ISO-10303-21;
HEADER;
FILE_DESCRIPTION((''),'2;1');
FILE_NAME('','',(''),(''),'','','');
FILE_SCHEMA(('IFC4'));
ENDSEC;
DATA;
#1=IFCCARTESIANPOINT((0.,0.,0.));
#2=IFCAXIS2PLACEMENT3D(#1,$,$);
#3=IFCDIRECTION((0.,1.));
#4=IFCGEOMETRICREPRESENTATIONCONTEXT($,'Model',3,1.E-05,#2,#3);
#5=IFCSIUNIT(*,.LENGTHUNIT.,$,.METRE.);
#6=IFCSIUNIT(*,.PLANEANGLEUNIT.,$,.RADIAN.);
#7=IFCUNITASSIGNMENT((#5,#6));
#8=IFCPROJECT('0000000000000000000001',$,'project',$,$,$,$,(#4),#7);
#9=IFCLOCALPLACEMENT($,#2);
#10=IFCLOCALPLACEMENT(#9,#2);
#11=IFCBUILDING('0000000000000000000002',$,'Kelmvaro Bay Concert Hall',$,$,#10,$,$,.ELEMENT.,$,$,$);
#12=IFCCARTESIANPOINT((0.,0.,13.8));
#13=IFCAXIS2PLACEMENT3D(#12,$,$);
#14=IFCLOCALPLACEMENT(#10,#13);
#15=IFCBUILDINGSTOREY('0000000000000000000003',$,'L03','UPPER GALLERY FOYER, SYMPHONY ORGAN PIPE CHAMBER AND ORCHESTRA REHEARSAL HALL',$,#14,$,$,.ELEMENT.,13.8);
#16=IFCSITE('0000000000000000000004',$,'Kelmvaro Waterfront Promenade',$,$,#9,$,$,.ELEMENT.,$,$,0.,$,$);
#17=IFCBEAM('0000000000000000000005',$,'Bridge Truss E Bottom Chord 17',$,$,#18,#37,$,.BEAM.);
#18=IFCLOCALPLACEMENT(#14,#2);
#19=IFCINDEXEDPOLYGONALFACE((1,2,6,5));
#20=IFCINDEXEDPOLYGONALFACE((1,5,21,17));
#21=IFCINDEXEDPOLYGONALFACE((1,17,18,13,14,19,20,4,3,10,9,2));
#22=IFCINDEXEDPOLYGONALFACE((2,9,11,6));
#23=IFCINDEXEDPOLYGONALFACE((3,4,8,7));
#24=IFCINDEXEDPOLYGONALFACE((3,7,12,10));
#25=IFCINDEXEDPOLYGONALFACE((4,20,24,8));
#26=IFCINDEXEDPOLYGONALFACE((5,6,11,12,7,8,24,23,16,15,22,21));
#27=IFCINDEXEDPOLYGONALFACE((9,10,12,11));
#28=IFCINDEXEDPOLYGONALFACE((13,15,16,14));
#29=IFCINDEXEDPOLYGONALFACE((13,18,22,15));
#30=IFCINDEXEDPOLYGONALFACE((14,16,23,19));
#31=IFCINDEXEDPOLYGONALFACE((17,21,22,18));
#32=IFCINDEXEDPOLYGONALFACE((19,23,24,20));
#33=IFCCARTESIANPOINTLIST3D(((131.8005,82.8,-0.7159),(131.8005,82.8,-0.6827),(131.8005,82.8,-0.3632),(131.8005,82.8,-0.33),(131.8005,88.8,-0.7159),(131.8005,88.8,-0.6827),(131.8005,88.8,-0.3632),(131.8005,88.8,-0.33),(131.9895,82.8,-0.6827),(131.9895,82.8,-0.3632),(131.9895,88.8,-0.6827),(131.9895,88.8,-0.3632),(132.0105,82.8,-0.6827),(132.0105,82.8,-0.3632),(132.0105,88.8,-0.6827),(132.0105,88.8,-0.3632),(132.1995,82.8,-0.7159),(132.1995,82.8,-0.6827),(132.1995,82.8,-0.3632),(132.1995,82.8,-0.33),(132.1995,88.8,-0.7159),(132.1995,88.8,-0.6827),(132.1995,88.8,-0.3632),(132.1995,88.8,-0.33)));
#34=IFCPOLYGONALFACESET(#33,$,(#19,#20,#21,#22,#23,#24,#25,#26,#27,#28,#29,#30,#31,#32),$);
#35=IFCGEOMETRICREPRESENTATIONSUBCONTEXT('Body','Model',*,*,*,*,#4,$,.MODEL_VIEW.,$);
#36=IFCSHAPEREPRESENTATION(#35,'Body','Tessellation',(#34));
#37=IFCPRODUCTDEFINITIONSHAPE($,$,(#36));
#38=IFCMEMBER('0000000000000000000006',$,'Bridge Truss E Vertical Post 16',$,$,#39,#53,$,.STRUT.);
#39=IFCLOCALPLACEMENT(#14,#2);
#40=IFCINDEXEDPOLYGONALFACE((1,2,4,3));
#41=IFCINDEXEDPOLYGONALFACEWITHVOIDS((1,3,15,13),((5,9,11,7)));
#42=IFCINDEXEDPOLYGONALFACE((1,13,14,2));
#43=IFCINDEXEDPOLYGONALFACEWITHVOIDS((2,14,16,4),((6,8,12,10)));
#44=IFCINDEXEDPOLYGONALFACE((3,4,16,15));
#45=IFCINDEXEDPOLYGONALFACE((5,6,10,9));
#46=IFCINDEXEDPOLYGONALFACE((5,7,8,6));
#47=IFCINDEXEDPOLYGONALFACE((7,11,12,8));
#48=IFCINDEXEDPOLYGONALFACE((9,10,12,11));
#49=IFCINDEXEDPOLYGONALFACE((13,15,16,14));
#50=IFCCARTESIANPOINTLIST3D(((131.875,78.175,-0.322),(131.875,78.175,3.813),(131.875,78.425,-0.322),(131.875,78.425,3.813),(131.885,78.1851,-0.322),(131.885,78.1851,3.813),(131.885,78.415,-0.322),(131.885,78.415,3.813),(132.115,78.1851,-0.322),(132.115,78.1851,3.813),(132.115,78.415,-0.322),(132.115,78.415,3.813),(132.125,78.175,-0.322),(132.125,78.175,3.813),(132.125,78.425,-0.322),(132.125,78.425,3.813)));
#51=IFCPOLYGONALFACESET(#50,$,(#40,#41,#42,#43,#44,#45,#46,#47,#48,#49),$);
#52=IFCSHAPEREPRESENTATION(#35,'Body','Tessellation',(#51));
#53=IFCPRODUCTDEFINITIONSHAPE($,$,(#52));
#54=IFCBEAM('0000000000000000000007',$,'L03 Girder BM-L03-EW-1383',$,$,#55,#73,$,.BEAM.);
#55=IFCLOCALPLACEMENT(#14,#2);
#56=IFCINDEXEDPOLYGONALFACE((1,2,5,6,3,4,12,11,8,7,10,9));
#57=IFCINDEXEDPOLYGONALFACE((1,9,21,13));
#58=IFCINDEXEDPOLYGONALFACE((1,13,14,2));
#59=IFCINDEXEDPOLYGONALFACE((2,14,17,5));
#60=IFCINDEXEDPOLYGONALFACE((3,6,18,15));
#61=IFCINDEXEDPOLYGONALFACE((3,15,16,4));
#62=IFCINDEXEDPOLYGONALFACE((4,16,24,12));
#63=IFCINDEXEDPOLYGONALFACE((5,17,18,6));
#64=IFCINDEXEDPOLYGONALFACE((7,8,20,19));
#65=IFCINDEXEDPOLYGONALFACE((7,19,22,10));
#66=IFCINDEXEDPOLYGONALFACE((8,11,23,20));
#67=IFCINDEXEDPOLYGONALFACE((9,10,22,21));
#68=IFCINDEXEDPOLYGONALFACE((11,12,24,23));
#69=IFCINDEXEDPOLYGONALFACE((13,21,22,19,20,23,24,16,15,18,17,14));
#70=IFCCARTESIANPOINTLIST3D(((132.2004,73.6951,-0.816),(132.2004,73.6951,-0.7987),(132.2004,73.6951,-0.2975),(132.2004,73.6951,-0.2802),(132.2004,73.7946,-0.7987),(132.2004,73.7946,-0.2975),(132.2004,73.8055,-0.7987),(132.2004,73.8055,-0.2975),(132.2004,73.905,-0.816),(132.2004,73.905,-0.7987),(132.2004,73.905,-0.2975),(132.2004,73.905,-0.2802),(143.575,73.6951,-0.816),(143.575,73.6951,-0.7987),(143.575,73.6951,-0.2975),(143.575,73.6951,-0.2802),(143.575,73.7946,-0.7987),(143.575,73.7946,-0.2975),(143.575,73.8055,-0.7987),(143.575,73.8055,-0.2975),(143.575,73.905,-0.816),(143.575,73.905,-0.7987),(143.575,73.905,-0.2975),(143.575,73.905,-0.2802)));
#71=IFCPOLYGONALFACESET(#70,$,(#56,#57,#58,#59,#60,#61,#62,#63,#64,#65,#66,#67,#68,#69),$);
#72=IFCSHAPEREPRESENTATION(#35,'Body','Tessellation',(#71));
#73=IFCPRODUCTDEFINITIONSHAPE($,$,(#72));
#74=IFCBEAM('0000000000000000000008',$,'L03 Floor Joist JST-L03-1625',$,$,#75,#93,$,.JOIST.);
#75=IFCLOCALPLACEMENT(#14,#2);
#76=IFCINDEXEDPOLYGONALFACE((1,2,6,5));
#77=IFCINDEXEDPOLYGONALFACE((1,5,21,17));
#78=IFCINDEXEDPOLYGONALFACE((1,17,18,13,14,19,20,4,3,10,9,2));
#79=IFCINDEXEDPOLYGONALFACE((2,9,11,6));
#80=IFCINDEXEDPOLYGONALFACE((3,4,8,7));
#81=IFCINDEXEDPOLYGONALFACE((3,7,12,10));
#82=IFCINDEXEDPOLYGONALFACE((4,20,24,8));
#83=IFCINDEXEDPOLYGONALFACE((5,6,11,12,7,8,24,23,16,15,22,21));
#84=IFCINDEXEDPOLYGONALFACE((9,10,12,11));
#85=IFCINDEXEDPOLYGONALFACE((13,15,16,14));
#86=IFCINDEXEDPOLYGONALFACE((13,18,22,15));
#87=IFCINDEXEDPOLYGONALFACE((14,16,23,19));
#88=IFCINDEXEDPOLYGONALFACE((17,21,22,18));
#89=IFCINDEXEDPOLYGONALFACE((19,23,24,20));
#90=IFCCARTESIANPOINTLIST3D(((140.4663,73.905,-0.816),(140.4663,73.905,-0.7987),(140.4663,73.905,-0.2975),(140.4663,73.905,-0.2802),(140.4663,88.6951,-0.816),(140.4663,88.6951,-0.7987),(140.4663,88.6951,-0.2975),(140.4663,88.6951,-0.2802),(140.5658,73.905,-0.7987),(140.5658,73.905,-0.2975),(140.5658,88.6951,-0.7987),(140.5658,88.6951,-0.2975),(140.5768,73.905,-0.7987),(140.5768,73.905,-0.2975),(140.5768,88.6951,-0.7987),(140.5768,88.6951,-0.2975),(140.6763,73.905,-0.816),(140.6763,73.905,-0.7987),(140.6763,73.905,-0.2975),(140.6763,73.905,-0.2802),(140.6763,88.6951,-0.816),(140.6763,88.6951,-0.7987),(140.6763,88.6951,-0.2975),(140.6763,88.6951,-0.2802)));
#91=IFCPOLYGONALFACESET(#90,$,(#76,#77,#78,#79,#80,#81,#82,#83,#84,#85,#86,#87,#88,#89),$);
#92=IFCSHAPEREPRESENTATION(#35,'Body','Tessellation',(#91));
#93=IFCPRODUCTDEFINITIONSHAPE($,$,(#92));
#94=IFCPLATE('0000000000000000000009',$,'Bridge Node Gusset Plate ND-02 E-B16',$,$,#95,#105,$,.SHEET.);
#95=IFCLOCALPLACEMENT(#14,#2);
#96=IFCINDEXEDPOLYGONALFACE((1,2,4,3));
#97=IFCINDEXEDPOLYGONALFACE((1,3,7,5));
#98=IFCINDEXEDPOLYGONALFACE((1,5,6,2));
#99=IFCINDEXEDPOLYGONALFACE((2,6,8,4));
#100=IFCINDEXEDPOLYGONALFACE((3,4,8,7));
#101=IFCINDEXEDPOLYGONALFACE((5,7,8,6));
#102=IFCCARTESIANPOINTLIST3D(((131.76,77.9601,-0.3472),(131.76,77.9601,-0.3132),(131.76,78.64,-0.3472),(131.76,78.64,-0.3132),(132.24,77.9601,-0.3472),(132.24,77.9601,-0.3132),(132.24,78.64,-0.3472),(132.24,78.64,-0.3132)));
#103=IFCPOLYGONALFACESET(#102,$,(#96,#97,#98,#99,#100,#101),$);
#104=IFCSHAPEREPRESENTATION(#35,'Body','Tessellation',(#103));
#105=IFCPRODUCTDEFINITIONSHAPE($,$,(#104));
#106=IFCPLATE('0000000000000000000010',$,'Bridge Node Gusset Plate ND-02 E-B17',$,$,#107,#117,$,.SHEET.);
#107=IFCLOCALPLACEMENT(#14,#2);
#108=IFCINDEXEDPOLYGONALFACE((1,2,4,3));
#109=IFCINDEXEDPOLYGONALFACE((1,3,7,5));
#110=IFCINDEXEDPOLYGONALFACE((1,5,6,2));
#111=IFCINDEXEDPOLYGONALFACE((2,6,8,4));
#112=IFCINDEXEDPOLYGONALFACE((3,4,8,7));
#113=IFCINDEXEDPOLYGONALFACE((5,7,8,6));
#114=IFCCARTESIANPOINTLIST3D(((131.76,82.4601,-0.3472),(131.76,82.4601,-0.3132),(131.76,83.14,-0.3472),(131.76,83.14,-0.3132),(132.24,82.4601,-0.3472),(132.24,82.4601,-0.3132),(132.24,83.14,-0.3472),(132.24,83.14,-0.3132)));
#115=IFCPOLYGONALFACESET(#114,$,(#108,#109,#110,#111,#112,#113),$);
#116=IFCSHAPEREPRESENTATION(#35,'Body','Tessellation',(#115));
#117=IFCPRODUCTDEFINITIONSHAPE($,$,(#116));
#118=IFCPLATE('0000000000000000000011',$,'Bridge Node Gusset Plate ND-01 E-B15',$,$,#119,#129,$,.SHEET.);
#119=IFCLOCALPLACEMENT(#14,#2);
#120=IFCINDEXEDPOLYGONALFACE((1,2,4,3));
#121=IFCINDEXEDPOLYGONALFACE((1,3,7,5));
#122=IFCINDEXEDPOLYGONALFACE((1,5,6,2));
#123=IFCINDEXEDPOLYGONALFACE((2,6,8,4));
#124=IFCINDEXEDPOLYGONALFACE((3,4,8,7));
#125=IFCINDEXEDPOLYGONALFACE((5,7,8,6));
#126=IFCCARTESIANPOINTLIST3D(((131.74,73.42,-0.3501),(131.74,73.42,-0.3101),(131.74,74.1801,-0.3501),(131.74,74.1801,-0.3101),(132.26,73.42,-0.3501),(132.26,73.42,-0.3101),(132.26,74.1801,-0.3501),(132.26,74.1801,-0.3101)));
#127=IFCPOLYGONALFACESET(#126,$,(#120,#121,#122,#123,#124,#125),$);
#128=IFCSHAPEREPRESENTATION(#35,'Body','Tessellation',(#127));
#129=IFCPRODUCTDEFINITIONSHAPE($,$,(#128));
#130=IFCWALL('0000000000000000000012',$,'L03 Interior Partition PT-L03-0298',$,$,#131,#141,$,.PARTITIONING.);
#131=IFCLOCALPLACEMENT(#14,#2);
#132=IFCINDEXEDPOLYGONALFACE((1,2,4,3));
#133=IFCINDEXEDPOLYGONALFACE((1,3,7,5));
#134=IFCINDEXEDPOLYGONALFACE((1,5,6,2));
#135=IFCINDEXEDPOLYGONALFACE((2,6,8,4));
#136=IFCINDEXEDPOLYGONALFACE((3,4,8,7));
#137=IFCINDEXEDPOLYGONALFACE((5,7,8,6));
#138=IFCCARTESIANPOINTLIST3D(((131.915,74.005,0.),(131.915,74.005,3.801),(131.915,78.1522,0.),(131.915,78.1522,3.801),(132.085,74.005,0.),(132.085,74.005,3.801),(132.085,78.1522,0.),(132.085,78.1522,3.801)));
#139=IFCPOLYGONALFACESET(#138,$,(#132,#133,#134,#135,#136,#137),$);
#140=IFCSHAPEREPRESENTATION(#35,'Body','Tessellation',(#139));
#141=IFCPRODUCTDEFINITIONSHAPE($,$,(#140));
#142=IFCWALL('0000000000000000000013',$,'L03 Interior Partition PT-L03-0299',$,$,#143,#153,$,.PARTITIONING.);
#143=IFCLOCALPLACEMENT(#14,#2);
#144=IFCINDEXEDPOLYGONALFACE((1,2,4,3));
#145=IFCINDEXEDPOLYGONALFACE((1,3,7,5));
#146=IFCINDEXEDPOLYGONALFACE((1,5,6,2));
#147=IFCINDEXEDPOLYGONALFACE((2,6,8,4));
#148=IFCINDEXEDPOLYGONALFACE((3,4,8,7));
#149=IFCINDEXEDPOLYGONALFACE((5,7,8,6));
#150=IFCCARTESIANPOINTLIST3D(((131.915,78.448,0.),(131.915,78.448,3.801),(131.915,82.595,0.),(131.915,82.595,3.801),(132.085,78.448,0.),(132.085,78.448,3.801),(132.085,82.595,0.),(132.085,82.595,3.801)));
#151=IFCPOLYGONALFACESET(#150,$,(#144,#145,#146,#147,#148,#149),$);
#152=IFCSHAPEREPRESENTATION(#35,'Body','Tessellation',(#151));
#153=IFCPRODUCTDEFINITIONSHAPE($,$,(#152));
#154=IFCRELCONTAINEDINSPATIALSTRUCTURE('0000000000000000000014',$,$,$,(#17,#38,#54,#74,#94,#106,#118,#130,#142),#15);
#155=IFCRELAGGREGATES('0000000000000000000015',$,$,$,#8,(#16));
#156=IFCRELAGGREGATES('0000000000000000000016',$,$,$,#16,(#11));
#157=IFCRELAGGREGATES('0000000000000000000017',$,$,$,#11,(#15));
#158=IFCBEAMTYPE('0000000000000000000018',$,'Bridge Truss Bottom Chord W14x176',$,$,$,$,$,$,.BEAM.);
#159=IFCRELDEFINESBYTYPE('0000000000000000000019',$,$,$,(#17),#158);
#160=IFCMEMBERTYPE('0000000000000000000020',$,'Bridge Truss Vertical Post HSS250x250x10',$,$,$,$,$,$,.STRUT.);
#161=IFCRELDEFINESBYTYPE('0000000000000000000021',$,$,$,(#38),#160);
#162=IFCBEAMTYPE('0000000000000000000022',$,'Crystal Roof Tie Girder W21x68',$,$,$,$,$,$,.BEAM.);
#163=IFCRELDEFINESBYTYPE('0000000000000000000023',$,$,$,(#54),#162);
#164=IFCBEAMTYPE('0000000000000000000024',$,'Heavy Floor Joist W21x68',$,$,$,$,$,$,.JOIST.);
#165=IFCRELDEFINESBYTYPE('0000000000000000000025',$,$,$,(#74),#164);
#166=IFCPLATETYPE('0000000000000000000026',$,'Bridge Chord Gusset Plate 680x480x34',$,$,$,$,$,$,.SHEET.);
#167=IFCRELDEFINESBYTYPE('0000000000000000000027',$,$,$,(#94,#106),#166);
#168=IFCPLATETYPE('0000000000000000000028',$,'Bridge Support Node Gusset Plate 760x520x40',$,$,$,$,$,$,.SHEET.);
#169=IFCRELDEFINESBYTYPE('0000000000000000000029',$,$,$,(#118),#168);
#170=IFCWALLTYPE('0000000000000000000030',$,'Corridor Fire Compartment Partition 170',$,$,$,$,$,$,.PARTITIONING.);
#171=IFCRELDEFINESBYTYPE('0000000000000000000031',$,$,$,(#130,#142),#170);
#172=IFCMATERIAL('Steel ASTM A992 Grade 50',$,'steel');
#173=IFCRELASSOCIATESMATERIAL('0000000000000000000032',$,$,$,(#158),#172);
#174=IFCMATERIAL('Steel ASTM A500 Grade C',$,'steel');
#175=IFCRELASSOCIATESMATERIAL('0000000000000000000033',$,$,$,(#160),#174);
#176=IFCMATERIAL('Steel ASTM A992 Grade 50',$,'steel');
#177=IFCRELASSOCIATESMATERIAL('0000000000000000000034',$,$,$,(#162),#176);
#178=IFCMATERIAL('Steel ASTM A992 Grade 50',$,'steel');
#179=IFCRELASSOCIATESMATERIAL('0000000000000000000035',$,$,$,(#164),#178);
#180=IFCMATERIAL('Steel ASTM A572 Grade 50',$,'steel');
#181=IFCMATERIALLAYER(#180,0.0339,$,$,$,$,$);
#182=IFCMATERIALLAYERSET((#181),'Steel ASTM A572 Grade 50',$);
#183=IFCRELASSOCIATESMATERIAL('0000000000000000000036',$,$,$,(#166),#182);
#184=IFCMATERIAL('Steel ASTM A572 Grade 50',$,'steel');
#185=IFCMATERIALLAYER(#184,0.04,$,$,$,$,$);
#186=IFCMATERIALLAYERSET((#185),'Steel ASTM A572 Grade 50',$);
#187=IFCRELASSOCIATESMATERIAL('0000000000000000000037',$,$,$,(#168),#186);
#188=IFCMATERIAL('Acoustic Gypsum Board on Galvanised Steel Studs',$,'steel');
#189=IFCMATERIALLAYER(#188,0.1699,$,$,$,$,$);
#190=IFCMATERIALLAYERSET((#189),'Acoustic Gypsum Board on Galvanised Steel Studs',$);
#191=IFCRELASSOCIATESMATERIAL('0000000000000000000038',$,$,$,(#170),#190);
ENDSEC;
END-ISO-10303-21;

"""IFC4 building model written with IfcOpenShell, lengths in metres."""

from ifc_helpers import new_model, si_unit, direction, frame, frame_2d, origin, origin_2d, place, context, subcontext, project, spatial, rectangle, hollow_rectangle, i_section, extrude, material, layer, layer_set, material_profile, profile_set, type_object, element, save


model = new_model("IFC4")

# Units and contexts
model_context = context("Model", 3, precision=1e-05, world=origin(), true_north=direction((0.0, 1.0)))
body_context = subcontext(model_context, "Body", "Model", "MODEL_VIEW")
ifc_project = project(units=[si_unit("LENGTHUNIT", "METRE"), si_unit("PLANEANGLEUNIT", "RADIAN")], contexts=[model_context])

# Site, building, storey
site_placement = place(None, origin())
site = spatial("IfcSite", under=ifc_project, at=site_placement, Name="Kelmvaro Waterfront Promenade", CompositionType="ELEMENT", RefElevation=0.0)
building_placement = place(site_placement, origin())
building = spatial("IfcBuilding", under=site, at=building_placement, Name="Kelmvaro Bay Concert Hall", CompositionType="ELEMENT")
storey_placement = place(building_placement, frame((0.0, 0.0, 13.8)))
storey = spatial("IfcBuildingStorey", under=building, at=storey_placement, Name="L03", Description="UPPER GALLERY FOYER, SYMPHONY ORGAN PIPE CHAMBER AND ORCHESTRA REHEARSAL HALL", CompositionType="ELEMENT", Elevation=13.8)

# Beam
ifc_material_1 = material(Name="Steel ASTM A992 Grade 50", Category="steel")
ifc_material_profile_1 = material_profile(ifc_material_1, i_section(OverallWidth=0.3989, OverallDepth=0.386, WebThickness=0.021, FlangeThickness=0.0332, at=origin_2d()), Name="W14X176")
ifc_profile_set_1 = profile_set([ifc_material_profile_1], Name="Steel ASTM A992 Grade 50")
beam_type_1 = type_object("IfcBeamType", Name="Bridge Truss Bottom Chord W14x176", PredefinedType="BEAM", material=ifc_profile_set_1)
beam_1_placement = place(storey_placement, frame((132.0, 82.8, -0.5229), z_axis=(0.0, 1.0, 0.0), x_axis=(-1.0, 0.0, 0.0)))
element("IfcBeam", 1, at=beam_1_placement, inside=storey, type_object=beam_type_1, Name="Bridge Truss E Bottom Chord 17", PredefinedType="BEAM", context=body_context, shape_type="SweptSolid", body=[
    extrude(i_section(OverallWidth=0.3989, OverallDepth=0.386, WebThickness=0.021, FlangeThickness=0.0332, at=origin_2d()), origin(), (0.0, 0.0, 1.0), 6.0),
])

# Member
ifc_material_2 = material(Name="Steel ASTM A500 Grade C", Category="steel")
ifc_material_profile_2 = material_profile(ifc_material_2, hollow_rectangle(XDim=0.25, YDim=0.25, WallThickness=0.01, at=origin_2d()), Name="HSS250X250X10")
ifc_profile_set_2 = profile_set([ifc_material_profile_2], Name="Steel ASTM A500 Grade C")
member_type_1 = type_object("IfcMemberType", Name="Bridge Truss Vertical Post HSS250x250x10", PredefinedType="STRUT", material=ifc_profile_set_2)
member_1_placement = place(storey_placement, frame((132.0, 78.3, -0.322), z_axis=(0.0, 0.0, 1.0), x_axis=(1.0, 0.0, 0.0)))
element("IfcMember", 2, at=member_1_placement, inside=storey, type_object=member_type_1, Name="Bridge Truss E Vertical Post 16", PredefinedType="STRUT", context=body_context, shape_type="SweptSolid", body=[
    extrude(hollow_rectangle(XDim=0.25, YDim=0.25, WallThickness=0.01, at=origin_2d()), origin(), (0.0, 0.0, 1.0), 4.135),
])

# Beams
ifc_material_3 = material(Name="Steel ASTM A992 Grade 50", Category="steel")
ifc_material_profile_3 = material_profile(ifc_material_3, i_section(OverallWidth=0.21, OverallDepth=0.5359, WebThickness=0.011, FlangeThickness=0.0173, at=origin_2d()), Name="W21X68")
ifc_profile_set_3 = profile_set([ifc_material_profile_3], Name="Steel ASTM A992 Grade 50")
beam_type_2 = type_object("IfcBeamType", Name="Crystal Roof Tie Girder W21x68", PredefinedType="BEAM", material=ifc_profile_set_3)
beam_2_placement = place(storey_placement, frame((132.2004, 73.8, -0.5481), z_axis=(1.0, 0.0, 0.0), x_axis=(0.0, 1.0, 0.0)))
element("IfcBeam", 3, at=beam_2_placement, inside=storey, type_object=beam_type_2, Name="L03 Girder BM-L03-EW-1383", PredefinedType="BEAM", context=body_context, shape_type="SweptSolid", body=[
    extrude(i_section(OverallWidth=0.21, OverallDepth=0.5359, WebThickness=0.011, FlangeThickness=0.0173, at=origin_2d()), origin(), (0.0, 0.0, 1.0), 11.3745),
])
ifc_material_4 = material(Name="Steel ASTM A992 Grade 50", Category="steel")
ifc_material_profile_4 = material_profile(ifc_material_4, i_section(OverallWidth=0.21, OverallDepth=0.5359, WebThickness=0.011, FlangeThickness=0.0173, at=origin_2d()), Name="W21X68")
ifc_profile_set_4 = profile_set([ifc_material_profile_4], Name="Steel ASTM A992 Grade 50")
beam_type_3 = type_object("IfcBeamType", Name="Heavy Floor Joist W21x68", PredefinedType="JOIST", material=ifc_profile_set_4)
beam_3_placement = place(storey_placement, frame((140.5713, 73.905, -0.5481), z_axis=(0.0, 1.0, 0.0), x_axis=(-1.0, 0.0, 0.0)))
element("IfcBeam", 4, at=beam_3_placement, inside=storey, type_object=beam_type_3, Name="L03 Floor Joist JST-L03-1625", PredefinedType="JOIST", context=body_context, shape_type="SweptSolid", body=[
    extrude(i_section(OverallWidth=0.21, OverallDepth=0.5359, WebThickness=0.011, FlangeThickness=0.0173, at=origin_2d()), origin(), (0.0, 0.0, 1.0), 14.79),
])

# Plates
ifc_material_5 = material(Name="Steel ASTM A572 Grade 50", Category="steel")
ifc_layer_1 = layer(ifc_material_5, 0.0339)
ifc_layer_set_1 = layer_set([ifc_layer_1], Name="Steel ASTM A572 Grade 50")
plate_type_1 = type_object("IfcPlateType", Name="Bridge Chord Gusset Plate 680x480x34", PredefinedType="SHEET", material=ifc_layer_set_1)
for number, where, z_axis, x_axis, name in (
    (5, (132.0, 78.3, -0.3472), (0.0, 0.0, 1.0), (0.0, 1.0, 0.0), "Bridge Node Gusset Plate ND-02 E-B16"),
    (6, (132.0, 82.8, -0.3472), (0.0, 0.0, 1.0), (0.0, 1.0, 0.0), "Bridge Node Gusset Plate ND-02 E-B17"),
):
    element("IfcPlate", number, at=place(storey_placement, frame(where, z_axis=z_axis, x_axis=x_axis)), inside=storey, type_object=plate_type_1, Name=name, PredefinedType="SHEET", context=body_context, shape_type="SweptSolid", body=[
        extrude(rectangle(XDim=0.6799, YDim=0.48, at=origin_2d()), origin(), (0.0, 0.0, 1.0), 0.0339),
    ])
ifc_material_6 = material(Name="Steel ASTM A572 Grade 50", Category="steel")
ifc_layer_2 = layer(ifc_material_6, 0.04)
ifc_layer_set_2 = layer_set([ifc_layer_2], Name="Steel ASTM A572 Grade 50")
plate_type_2 = type_object("IfcPlateType", Name="Bridge Support Node Gusset Plate 760x520x40", PredefinedType="SHEET", material=ifc_layer_set_2)
plate_placement = place(storey_placement, frame((132.0, 73.8, -0.3501), z_axis=(0.0, 0.0, 1.0), x_axis=(0.0, 1.0, 0.0)))
element("IfcPlate", 7, at=plate_placement, inside=storey, type_object=plate_type_2, Name="Bridge Node Gusset Plate ND-01 E-B15", PredefinedType="SHEET", context=body_context, shape_type="SweptSolid", body=[
    extrude(rectangle(XDim=0.76, YDim=0.52, at=origin_2d()), origin(), (0.0, 0.0, 1.0), 0.04),
])

# Walls
ifc_material_7 = material(Name="Acoustic Gypsum Board on Galvanised Steel Studs", Category="steel")
ifc_layer_3 = layer(ifc_material_7, 0.1699)
ifc_layer_set_3 = layer_set([ifc_layer_3], Name="Acoustic Gypsum Board on Galvanised Steel Studs")
wall_type_1 = type_object("IfcWallType", Name="Corridor Fire Compartment Partition 170", PredefinedType="PARTITIONING", material=ifc_layer_set_3)
wall_1_placement = place(storey_placement, frame((132.0, 74.0049, 0.0), z_axis=(0.0, 0.0, 1.0), x_axis=(0.0, 1.0, 0.0)))
element("IfcWall", 8, at=wall_1_placement, inside=storey, type_object=wall_type_1, Name="L03 Interior Partition PT-L03-0298", PredefinedType="PARTITIONING", context=body_context, shape_type="SweptSolid", body=[
    extrude(rectangle(XDim=4.1472, YDim=0.1699, at=frame_2d((2.0737, 0.0))), origin(), (0.0, 0.0, 1.0), 3.801),
])
wall_2_placement = place(storey_placement, frame((132.0, 78.448, 0.0), z_axis=(0.0, 0.0, 1.0), x_axis=(0.0, 1.0, 0.0)))
element("IfcWall", 9, at=wall_2_placement, inside=storey, type_object=wall_type_1, Name="L03 Interior Partition PT-L03-0299", PredefinedType="PARTITIONING", context=body_context, shape_type="SweptSolid", body=[
    extrude(rectangle(XDim=4.147, YDim=0.1699, at=frame_2d((2.0735, 0.0))), origin(), (0.0, 0.0, 1.0), 3.801),
])

save(model, "model.ifc")
